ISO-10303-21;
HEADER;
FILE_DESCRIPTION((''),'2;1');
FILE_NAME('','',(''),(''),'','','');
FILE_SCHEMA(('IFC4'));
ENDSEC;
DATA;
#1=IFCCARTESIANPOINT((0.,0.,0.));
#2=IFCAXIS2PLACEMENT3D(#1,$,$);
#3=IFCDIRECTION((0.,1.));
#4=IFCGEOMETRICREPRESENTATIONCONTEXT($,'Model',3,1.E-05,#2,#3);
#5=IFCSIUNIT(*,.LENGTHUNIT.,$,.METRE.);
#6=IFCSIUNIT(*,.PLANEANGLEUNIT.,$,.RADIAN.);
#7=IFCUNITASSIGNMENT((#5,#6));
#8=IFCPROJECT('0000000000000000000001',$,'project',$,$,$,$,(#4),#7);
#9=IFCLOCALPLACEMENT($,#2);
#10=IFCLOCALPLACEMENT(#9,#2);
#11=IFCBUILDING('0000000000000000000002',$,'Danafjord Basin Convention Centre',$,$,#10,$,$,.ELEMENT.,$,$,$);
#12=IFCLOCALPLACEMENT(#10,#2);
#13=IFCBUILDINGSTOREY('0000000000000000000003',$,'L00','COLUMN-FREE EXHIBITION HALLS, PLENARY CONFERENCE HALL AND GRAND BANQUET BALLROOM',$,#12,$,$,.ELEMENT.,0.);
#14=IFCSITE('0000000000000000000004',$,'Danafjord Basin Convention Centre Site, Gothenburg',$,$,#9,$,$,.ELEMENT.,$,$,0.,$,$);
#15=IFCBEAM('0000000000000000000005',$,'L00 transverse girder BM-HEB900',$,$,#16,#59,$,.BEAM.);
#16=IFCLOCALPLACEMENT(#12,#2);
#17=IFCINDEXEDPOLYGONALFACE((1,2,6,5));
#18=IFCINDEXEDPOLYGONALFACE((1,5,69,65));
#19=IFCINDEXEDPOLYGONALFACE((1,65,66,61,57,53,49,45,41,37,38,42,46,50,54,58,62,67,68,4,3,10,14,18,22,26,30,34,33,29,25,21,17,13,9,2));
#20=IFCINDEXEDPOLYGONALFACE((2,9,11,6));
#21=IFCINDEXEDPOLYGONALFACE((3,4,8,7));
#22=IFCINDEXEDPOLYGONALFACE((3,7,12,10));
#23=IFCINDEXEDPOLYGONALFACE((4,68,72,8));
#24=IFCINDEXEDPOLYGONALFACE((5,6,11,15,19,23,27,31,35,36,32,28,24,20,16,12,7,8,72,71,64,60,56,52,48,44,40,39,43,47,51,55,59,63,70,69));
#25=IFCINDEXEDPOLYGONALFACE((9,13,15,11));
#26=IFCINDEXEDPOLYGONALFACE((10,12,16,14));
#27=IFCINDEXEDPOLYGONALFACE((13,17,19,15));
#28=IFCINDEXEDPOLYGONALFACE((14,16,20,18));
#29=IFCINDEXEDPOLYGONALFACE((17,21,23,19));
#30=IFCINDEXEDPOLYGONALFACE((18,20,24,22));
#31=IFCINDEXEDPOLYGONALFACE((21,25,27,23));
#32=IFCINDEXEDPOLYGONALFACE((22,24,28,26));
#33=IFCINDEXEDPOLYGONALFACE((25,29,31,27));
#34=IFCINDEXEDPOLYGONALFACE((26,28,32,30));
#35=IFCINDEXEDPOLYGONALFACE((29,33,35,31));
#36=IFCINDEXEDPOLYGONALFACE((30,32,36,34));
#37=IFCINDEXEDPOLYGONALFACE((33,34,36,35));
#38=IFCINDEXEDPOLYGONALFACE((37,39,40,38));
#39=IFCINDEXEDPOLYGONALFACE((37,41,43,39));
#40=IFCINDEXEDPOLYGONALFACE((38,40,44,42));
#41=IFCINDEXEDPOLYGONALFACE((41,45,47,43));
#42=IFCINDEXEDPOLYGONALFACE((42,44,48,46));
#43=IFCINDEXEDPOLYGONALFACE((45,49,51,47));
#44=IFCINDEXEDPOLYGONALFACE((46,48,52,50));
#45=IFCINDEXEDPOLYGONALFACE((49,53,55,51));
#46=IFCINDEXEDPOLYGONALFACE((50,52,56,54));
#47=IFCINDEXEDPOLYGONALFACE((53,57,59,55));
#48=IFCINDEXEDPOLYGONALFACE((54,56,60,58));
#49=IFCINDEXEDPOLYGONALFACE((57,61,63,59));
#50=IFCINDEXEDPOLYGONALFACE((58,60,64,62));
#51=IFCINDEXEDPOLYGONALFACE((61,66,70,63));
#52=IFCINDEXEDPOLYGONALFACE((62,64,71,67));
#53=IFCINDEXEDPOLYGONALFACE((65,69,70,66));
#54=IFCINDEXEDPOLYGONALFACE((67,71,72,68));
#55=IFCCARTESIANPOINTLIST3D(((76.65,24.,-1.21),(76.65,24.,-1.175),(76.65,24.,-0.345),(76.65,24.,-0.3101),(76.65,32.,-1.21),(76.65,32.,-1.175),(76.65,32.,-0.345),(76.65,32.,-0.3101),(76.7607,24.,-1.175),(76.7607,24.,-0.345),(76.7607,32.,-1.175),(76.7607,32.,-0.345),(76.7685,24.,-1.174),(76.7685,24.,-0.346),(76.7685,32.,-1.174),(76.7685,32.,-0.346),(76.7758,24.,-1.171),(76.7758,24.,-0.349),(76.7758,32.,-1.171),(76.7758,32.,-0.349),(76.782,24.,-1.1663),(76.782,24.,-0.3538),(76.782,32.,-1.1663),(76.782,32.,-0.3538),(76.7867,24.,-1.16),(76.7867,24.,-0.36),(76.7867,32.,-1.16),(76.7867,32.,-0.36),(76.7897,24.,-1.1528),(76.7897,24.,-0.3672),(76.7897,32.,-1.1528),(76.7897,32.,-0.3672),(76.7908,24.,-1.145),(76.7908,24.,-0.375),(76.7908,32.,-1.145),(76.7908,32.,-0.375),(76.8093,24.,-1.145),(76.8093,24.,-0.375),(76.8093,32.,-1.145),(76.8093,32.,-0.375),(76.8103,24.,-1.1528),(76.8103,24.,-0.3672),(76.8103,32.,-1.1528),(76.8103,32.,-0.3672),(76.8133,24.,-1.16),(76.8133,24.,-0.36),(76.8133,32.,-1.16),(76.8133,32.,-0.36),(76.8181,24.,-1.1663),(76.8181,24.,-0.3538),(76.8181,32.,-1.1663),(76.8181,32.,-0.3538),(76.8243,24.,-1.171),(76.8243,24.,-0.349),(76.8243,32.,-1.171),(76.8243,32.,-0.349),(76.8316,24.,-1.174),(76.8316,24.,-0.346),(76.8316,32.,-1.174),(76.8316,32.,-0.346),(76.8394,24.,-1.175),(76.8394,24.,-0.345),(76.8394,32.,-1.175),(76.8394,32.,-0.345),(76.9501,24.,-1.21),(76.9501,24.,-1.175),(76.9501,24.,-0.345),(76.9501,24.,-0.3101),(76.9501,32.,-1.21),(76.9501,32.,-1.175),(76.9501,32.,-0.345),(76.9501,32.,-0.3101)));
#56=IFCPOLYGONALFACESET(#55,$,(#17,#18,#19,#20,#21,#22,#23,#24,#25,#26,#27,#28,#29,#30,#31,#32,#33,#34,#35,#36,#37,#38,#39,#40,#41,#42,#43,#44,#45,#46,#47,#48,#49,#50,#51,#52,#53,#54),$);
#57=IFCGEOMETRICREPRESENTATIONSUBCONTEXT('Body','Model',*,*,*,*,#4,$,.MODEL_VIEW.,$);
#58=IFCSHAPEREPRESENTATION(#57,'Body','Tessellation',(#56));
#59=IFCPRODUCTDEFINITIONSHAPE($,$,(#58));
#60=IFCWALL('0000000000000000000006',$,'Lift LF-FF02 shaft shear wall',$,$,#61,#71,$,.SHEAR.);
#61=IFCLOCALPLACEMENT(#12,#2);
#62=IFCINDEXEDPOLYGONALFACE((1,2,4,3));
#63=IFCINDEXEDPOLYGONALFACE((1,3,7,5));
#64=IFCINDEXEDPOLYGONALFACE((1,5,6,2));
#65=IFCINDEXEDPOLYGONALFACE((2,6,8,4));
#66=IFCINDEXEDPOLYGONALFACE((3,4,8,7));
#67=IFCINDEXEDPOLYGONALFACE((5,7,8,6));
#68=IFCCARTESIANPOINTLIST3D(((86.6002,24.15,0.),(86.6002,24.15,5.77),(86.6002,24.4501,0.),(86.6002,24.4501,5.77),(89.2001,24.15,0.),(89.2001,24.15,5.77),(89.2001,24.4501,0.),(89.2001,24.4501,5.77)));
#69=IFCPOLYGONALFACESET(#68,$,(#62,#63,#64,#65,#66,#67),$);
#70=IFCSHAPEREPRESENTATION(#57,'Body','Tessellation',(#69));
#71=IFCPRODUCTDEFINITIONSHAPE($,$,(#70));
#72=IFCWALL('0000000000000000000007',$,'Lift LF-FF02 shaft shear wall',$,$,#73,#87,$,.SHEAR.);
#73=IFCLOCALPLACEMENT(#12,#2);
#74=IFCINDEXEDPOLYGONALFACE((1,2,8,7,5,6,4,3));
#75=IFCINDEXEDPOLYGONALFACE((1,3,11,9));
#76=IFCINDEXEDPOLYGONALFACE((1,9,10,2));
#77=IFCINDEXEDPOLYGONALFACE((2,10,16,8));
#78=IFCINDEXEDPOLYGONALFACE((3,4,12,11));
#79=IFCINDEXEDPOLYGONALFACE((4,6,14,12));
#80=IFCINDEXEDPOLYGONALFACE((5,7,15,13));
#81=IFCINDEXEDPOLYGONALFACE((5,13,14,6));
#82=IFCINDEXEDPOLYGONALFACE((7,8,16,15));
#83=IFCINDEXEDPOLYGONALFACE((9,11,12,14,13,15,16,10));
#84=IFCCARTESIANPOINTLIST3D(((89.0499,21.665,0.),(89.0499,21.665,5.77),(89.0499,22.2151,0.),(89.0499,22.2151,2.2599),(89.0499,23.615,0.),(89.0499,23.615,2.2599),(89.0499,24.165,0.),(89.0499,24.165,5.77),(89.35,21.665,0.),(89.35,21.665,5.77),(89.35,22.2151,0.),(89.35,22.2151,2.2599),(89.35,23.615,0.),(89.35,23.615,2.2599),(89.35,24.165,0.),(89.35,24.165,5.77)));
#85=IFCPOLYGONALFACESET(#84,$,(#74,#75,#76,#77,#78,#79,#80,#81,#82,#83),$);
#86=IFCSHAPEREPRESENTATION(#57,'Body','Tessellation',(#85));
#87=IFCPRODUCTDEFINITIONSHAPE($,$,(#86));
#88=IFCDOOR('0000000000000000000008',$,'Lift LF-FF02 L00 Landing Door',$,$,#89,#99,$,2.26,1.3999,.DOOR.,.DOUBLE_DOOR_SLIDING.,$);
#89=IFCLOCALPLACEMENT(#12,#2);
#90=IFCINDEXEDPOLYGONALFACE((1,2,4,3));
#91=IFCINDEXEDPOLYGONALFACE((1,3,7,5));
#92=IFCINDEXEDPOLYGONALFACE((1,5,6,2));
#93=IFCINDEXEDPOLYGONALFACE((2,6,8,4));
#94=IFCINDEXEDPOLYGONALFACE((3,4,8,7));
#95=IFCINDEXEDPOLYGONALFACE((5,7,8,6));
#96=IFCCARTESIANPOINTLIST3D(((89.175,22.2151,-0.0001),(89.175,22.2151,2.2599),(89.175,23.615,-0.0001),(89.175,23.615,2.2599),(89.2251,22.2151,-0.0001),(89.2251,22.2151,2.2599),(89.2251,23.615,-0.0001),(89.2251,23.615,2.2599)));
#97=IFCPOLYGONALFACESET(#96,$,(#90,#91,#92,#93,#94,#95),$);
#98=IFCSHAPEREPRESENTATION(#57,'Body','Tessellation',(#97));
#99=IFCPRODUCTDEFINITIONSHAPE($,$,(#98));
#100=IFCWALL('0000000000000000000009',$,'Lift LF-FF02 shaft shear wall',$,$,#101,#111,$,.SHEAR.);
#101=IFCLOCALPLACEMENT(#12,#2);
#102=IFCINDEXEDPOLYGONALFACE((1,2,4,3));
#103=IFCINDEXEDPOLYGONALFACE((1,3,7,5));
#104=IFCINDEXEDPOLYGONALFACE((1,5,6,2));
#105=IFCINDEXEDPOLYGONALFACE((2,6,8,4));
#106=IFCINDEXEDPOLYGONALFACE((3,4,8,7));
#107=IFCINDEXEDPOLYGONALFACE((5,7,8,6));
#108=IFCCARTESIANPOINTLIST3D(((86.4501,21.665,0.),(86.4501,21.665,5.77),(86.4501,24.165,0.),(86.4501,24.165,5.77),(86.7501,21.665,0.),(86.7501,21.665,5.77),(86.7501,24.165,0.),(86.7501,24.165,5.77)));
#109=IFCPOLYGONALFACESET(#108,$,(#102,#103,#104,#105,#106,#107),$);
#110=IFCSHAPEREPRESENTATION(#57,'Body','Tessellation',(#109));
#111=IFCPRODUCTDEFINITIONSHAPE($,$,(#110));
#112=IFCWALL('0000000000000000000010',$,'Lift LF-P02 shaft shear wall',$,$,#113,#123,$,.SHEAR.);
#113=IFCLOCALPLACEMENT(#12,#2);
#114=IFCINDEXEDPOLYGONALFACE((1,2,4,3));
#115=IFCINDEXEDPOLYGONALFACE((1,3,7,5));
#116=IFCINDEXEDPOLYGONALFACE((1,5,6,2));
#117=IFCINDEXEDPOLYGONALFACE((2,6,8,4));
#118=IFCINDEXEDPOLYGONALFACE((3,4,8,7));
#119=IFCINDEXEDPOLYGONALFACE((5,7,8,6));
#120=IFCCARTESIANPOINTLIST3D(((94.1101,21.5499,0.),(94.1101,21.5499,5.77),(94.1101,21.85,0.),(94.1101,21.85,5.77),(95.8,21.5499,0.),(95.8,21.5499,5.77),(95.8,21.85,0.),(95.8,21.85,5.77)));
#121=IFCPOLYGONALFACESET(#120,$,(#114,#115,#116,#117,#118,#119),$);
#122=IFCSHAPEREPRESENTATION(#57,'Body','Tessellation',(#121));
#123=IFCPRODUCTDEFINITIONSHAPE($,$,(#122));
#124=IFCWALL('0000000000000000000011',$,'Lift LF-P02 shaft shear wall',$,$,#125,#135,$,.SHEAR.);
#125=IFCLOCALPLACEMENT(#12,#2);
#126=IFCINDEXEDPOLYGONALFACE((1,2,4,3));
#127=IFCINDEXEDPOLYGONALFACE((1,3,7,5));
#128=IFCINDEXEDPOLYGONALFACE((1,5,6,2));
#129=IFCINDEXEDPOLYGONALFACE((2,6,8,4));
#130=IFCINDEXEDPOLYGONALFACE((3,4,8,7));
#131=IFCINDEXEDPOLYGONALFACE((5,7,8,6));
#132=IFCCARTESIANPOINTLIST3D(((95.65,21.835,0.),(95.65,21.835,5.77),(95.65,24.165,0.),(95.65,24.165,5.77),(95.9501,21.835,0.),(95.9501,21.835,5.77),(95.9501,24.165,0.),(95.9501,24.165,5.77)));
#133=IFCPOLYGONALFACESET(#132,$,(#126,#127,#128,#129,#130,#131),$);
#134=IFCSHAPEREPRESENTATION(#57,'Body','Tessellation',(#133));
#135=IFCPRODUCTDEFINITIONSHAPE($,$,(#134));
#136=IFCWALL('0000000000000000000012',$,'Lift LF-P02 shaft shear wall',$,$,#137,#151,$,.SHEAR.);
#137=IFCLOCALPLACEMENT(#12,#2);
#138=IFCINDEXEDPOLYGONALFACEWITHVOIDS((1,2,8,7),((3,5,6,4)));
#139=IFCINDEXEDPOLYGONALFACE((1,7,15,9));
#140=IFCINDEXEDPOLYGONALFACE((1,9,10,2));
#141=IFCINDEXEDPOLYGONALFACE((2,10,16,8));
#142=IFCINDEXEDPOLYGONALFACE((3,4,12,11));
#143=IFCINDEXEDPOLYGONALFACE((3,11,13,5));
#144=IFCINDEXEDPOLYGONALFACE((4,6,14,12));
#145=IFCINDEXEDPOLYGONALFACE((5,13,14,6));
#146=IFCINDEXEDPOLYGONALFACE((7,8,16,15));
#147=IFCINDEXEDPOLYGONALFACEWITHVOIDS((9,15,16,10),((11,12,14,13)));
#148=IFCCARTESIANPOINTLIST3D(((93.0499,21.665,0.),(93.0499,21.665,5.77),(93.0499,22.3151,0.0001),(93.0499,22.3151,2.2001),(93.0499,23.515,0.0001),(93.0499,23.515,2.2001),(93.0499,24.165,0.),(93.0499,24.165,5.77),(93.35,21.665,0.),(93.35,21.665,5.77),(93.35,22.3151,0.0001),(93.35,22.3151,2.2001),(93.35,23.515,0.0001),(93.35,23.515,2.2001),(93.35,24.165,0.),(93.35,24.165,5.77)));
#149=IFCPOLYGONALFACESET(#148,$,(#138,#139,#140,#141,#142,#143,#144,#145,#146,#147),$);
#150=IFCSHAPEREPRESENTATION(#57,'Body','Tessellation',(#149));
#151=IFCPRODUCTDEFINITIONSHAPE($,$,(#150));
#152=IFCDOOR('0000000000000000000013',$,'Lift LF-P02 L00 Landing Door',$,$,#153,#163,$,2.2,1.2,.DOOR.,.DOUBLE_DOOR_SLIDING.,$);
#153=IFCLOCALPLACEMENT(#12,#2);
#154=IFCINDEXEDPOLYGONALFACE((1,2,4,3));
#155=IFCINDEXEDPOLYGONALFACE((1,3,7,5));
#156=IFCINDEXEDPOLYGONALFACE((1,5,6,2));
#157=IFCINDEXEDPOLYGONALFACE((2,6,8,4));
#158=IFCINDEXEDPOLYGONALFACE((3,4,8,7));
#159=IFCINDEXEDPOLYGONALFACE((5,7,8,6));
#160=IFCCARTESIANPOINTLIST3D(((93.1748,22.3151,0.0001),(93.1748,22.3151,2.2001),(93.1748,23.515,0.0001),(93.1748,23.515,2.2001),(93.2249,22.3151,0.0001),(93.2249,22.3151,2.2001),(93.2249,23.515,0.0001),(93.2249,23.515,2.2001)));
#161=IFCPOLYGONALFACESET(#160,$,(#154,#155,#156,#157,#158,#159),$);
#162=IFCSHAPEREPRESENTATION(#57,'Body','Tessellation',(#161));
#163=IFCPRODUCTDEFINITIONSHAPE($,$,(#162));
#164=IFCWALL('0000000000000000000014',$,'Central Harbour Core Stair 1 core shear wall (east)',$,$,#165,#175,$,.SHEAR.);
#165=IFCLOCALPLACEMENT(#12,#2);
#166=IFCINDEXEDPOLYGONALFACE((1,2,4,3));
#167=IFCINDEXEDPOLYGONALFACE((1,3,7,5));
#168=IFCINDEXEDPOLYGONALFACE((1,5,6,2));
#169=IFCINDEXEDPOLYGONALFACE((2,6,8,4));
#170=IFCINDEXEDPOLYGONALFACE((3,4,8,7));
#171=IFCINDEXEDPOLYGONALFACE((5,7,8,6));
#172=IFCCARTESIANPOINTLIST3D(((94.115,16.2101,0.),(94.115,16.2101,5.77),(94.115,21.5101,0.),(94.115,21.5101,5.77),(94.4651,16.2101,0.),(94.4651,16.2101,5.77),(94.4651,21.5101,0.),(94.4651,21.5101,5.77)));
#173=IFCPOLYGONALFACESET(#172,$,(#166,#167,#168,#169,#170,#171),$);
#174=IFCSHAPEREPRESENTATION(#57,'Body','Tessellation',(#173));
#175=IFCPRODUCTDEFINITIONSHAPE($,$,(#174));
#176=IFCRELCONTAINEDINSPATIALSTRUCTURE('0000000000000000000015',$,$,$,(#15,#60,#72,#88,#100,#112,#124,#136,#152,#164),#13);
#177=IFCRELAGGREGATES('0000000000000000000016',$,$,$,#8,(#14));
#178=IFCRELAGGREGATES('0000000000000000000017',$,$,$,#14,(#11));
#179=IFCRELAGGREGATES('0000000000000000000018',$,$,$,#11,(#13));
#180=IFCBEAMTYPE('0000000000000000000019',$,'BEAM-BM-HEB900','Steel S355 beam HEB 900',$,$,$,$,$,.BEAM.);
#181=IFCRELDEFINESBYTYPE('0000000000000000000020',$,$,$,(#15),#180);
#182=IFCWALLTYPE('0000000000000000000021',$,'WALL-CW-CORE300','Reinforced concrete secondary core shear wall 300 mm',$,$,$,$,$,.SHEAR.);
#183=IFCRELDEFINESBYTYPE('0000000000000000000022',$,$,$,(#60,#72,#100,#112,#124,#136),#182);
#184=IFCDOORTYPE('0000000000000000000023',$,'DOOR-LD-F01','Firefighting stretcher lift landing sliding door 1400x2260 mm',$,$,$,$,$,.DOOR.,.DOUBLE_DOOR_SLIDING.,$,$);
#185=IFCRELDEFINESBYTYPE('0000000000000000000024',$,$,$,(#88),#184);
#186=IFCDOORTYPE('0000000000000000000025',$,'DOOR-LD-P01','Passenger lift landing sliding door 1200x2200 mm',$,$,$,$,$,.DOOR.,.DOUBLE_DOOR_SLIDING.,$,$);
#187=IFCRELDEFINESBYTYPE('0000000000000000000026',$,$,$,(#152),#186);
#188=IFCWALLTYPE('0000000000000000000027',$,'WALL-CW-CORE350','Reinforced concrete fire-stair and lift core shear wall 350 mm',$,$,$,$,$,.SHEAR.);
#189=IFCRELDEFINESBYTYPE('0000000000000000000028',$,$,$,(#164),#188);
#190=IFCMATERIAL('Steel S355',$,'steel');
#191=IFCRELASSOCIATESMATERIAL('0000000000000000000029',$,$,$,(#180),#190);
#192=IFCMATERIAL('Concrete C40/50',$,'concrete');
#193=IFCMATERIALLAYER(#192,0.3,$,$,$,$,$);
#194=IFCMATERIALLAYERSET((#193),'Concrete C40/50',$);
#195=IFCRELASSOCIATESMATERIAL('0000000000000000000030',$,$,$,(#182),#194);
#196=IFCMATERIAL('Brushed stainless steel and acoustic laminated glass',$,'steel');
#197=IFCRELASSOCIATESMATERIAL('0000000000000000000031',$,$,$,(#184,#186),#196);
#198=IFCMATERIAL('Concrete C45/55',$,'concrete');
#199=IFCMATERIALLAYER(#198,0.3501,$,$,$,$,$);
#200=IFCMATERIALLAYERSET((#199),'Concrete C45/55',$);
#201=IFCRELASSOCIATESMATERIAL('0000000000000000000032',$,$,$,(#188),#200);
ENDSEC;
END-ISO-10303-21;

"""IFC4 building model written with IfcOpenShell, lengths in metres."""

from ifc_helpers import new_model, si_unit, direction, frame, frame_2d, origin, origin_2d, place, context, subcontext, project, spatial, rectangle, i_section, extrude, material, layer, layer_set, material_profile, profile_set, type_object, element, fill, save


model = new_model("IFC4")

# Units and contexts
model_context = context("Model", 3, precision=1e-05, world=origin(), true_north=direction((0.0, 1.0)))
body_context = subcontext(model_context, "Body", "Model", "MODEL_VIEW")
ifc_project = project(units=[si_unit("LENGTHUNIT", "METRE"), si_unit("PLANEANGLEUNIT", "RADIAN")], contexts=[model_context])

# Site, building, storey
site_placement = place(None, origin())
site = spatial("IfcSite", under=ifc_project, at=site_placement, Name="Danafjord Basin Convention Centre Site, Gothenburg", CompositionType="ELEMENT", RefElevation=0.0)
building_placement = place(site_placement, origin())
building = spatial("IfcBuilding", under=site, at=building_placement, Name="Danafjord Basin Convention Centre", CompositionType="ELEMENT")
storey_placement = place(building_placement, origin())
storey = spatial("IfcBuildingStorey", under=building, at=storey_placement, Name="L00", Description="COLUMN-FREE EXHIBITION HALLS, PLENARY CONFERENCE HALL AND GRAND BANQUET BALLROOM", CompositionType="ELEMENT", Elevation=0.0)

# Shared definitions
ifc_material_1 = material(Name="Steel S355", Category="steel")

# Beam
ifc_material_profile_1 = material_profile(ifc_material_1, i_section(OverallWidth=0.3, OverallDepth=0.8999, WebThickness=0.0186, FlangeThickness=0.0349, FilletRadius=0.03, at=origin_2d()), Name="HEB 900")
ifc_profile_set_1 = profile_set([ifc_material_profile_1], Name="Steel S355")
beam_type_1 = type_object("IfcBeamType", Name="BEAM-BM-HEB900", Description="Steel S355 beam HEB 900", PredefinedType="BEAM", material=ifc_profile_set_1)
beam_1_placement = place(storey_placement, frame((76.8, 24.0, -0.76), z_axis=(0.0, 1.0, 0.0), x_axis=(-1.0, 0.0, 0.0)))
element("IfcBeam", 1, at=beam_1_placement, inside=storey, type_object=beam_type_1, Name="L00 transverse girder BM-HEB900", PredefinedType="BEAM", context=body_context, shape_type="SweptSolid", body=[
    extrude(i_section(OverallWidth=0.3, OverallDepth=0.8999, WebThickness=0.0186, FlangeThickness=0.0349, FilletRadius=0.03, at=origin_2d()), origin(), (0.0, 0.0, 1.0), 8.0),
])

# Wall
ifc_material_2 = material(Name="Concrete C40/50", Category="concrete")
ifc_layer_1 = layer(ifc_material_2, 0.3)
ifc_layer_set_1 = layer_set([ifc_layer_1], Name="Concrete C40/50")
wall_type_1 = type_object("IfcWallType", Name="WALL-CW-CORE300", Description="Reinforced concrete secondary core shear wall 300 mm", PredefinedType="SHEAR", material=ifc_layer_set_1)
wall_1_placement = place(storey_placement, frame((89.2, 24.3, 0.0), z_axis=(0.0, 0.0, 1.0), x_axis=(-1.0, 0.0, 0.0)))
element("IfcWall", 2, at=wall_1_placement, inside=storey, type_object=wall_type_1, Name="Lift LF-FF02 shaft shear wall", PredefinedType="SHEAR", context=body_context, shape_type="SweptSolid", body=[
    extrude(rectangle(XDim=2.5999, YDim=0.3, at=frame_2d((1.2998, 0.0))), origin(), (0.0, 0.0, 1.0), 5.77),
])

# Wall, opening, door
wall_2_placement = place(storey_placement, frame((89.2, 21.665, 0.0), z_axis=(0.0, 0.0, 1.0), x_axis=(0.0, 1.0, 0.0)))
wall_2 = element("IfcWall", 3, at=wall_2_placement, inside=storey, type_object=wall_type_1, Name="Lift LF-FF02 shaft shear wall", PredefinedType="SHEAR", context=body_context, shape_type="SweptSolid", body=[
    extrude(rectangle(XDim=2.5, YDim=0.3, at=frame_2d((1.25, 0.0))), origin(), (0.0, 0.0, 1.0), 5.77),
])
opening_1_placement = place(wall_2_placement, frame((0.55, 0.0, 0.0)))
opening_1 = element("IfcOpeningElement", 4, at=opening_1_placement, cuts=wall_2, PredefinedType="OPENING", context=body_context, shape_type="SweptSolid", body=[
    extrude(rectangle(XDim=1.3999, YDim=2.26, at=frame_2d((0.7, 1.1299))), frame((0.0, 0.1599, 0.0), z_axis=(0.0, -1.0, 0.0), x_axis=(1.0, 0.0, 0.0)), (0.0, 0.0, 1.0), 0.3201),
])
ifc_material_3 = material(Name="Brushed stainless steel and acoustic laminated glass", Category="steel")
door_type_1 = type_object("IfcDoorType", Name="DOOR-LD-F01", Description="Firefighting stretcher lift landing sliding door 1400x2260 mm", OperationType="DOUBLE_DOOR_SLIDING", PredefinedType="DOOR", material=ifc_material_3)
door_1_placement = place(opening_1_placement, origin())
door_1 = element("IfcDoor", 5, at=door_1_placement, inside=storey, type_object=door_type_1, Name="Lift LF-FF02 L00 Landing Door", OperationType="DOUBLE_DOOR_SLIDING", OverallHeight=2.26, OverallWidth=1.3999, PredefinedType="DOOR", context=body_context, shape_type="SweptSolid", body=[
    extrude(rectangle(XDim=1.3999, YDim=2.26, at=frame_2d((0.7, 1.1299))), frame((0.0, 0.0249, 0.0), z_axis=(0.0, -1.0, 0.0), x_axis=(1.0, 0.0, 0.0)), (0.0, 0.0, 1.0), 0.05),
])
fill(opening_1, door_1)

# Walls
wall_3_placement = place(storey_placement, frame((86.6001, 24.165, 0.0), z_axis=(0.0, 0.0, 1.0), x_axis=(0.0, -1.0, 0.0)))
element("IfcWall", 6, at=wall_3_placement, inside=storey, type_object=wall_type_1, Name="Lift LF-FF02 shaft shear wall", PredefinedType="SHEAR", context=body_context, shape_type="SweptSolid", body=[
    extrude(rectangle(XDim=2.5, YDim=0.3, at=frame_2d((1.25, 0.0))), origin(), (0.0, 0.0, 1.0), 5.77),
])
wall_4_placement = place(storey_placement, frame((94.1101, 21.7, 0.0), z_axis=(0.0, 0.0, 1.0), x_axis=(1.0, 0.0, 0.0)))
element("IfcWall", 7, at=wall_4_placement, inside=storey, type_object=wall_type_1, Name="Lift LF-P02 shaft shear wall", PredefinedType="SHEAR", context=body_context, shape_type="SweptSolid", body=[
    extrude(rectangle(XDim=1.6899, YDim=0.3, at=frame_2d((0.845, 0.0))), origin(), (0.0, 0.0, 1.0), 5.77),
])
wall_5_placement = place(storey_placement, frame((95.8, 21.835, 0.0), z_axis=(0.0, 0.0, 1.0), x_axis=(0.0, 1.0, 0.0)))
element("IfcWall", 8, at=wall_5_placement, inside=storey, type_object=wall_type_1, Name="Lift LF-P02 shaft shear wall", PredefinedType="SHEAR", context=body_context, shape_type="SweptSolid", body=[
    extrude(rectangle(XDim=2.3301, YDim=0.3, at=frame_2d((1.165, 0.0))), origin(), (0.0, 0.0, 1.0), 5.77),
])

# Wall, opening, door
wall_6_placement = place(storey_placement, frame((93.2, 24.165, 0.0), z_axis=(0.0, 0.0, 1.0), x_axis=(0.0, -1.0, 0.0)))
wall_6 = element("IfcWall", 9, at=wall_6_placement, inside=storey, type_object=wall_type_1, Name="Lift LF-P02 shaft shear wall", PredefinedType="SHEAR", context=body_context, shape_type="SweptSolid", body=[
    extrude(rectangle(XDim=2.5, YDim=0.3, at=frame_2d((1.25, 0.0))), origin(), (0.0, 0.0, 1.0), 5.77),
])
opening_2_placement = place(wall_6_placement, frame((0.6499, 0.0, 0.0)))
opening_2 = element("IfcOpeningElement", 10, at=opening_2_placement, cuts=wall_6, PredefinedType="OPENING", context=body_context, shape_type="SweptSolid", body=[
    extrude(rectangle(XDim=1.2, YDim=2.2, at=frame_2d((0.6001, 1.1001))), frame((0.0, 0.1599, 0.0), z_axis=(0.0, -1.0, 0.0), x_axis=(1.0, 0.0, 0.0)), (0.0, 0.0, 1.0), 0.3201),
])
door_type_2 = type_object("IfcDoorType", Name="DOOR-LD-P01", Description="Passenger lift landing sliding door 1200x2200 mm", OperationType="DOUBLE_DOOR_SLIDING", PredefinedType="DOOR", material=ifc_material_3)
door_2_placement = place(opening_2_placement, origin())
door_2 = element("IfcDoor", 11, at=door_2_placement, inside=storey, type_object=door_type_2, Name="Lift LF-P02 L00 Landing Door", OperationType="DOUBLE_DOOR_SLIDING", OverallHeight=2.2, OverallWidth=1.2, PredefinedType="DOOR", context=body_context, shape_type="SweptSolid", body=[
    extrude(rectangle(XDim=1.2, YDim=2.2, at=frame_2d((0.6001, 1.1001))), frame((0.0, 0.0249, 0.0), z_axis=(0.0, -1.0, 0.0), x_axis=(1.0, 0.0, 0.0)), (0.0, 0.0, 1.0), 0.05),
])
fill(opening_2, door_2)

# Wall
ifc_material_4 = material(Name="Concrete C45/55", Category="concrete")
ifc_layer_2 = layer(ifc_material_4, 0.3501)
ifc_layer_set_2 = layer_set([ifc_layer_2], Name="Concrete C45/55")
wall_type_2 = type_object("IfcWallType", Name="WALL-CW-CORE350", Description="Reinforced concrete fire-stair and lift core shear wall 350 mm", PredefinedType="SHEAR", material=ifc_layer_set_2)
wall_7_placement = place(storey_placement, frame((94.29, 21.51, 0.0), z_axis=(0.0, 0.0, 1.0), x_axis=(0.0, -1.0, 0.0)))
element("IfcWall", 12, at=wall_7_placement, inside=storey, type_object=wall_type_2, Name="Central Harbour Core Stair 1 core shear wall (east)", PredefinedType="SHEAR", context=body_context, shape_type="SweptSolid", body=[
    extrude(rectangle(XDim=5.3, YDim=0.3501, at=frame_2d((2.6499, 0.0))), origin(), (0.0, 0.0, 1.0), 5.77),
])

save(model, "model.ifc")
